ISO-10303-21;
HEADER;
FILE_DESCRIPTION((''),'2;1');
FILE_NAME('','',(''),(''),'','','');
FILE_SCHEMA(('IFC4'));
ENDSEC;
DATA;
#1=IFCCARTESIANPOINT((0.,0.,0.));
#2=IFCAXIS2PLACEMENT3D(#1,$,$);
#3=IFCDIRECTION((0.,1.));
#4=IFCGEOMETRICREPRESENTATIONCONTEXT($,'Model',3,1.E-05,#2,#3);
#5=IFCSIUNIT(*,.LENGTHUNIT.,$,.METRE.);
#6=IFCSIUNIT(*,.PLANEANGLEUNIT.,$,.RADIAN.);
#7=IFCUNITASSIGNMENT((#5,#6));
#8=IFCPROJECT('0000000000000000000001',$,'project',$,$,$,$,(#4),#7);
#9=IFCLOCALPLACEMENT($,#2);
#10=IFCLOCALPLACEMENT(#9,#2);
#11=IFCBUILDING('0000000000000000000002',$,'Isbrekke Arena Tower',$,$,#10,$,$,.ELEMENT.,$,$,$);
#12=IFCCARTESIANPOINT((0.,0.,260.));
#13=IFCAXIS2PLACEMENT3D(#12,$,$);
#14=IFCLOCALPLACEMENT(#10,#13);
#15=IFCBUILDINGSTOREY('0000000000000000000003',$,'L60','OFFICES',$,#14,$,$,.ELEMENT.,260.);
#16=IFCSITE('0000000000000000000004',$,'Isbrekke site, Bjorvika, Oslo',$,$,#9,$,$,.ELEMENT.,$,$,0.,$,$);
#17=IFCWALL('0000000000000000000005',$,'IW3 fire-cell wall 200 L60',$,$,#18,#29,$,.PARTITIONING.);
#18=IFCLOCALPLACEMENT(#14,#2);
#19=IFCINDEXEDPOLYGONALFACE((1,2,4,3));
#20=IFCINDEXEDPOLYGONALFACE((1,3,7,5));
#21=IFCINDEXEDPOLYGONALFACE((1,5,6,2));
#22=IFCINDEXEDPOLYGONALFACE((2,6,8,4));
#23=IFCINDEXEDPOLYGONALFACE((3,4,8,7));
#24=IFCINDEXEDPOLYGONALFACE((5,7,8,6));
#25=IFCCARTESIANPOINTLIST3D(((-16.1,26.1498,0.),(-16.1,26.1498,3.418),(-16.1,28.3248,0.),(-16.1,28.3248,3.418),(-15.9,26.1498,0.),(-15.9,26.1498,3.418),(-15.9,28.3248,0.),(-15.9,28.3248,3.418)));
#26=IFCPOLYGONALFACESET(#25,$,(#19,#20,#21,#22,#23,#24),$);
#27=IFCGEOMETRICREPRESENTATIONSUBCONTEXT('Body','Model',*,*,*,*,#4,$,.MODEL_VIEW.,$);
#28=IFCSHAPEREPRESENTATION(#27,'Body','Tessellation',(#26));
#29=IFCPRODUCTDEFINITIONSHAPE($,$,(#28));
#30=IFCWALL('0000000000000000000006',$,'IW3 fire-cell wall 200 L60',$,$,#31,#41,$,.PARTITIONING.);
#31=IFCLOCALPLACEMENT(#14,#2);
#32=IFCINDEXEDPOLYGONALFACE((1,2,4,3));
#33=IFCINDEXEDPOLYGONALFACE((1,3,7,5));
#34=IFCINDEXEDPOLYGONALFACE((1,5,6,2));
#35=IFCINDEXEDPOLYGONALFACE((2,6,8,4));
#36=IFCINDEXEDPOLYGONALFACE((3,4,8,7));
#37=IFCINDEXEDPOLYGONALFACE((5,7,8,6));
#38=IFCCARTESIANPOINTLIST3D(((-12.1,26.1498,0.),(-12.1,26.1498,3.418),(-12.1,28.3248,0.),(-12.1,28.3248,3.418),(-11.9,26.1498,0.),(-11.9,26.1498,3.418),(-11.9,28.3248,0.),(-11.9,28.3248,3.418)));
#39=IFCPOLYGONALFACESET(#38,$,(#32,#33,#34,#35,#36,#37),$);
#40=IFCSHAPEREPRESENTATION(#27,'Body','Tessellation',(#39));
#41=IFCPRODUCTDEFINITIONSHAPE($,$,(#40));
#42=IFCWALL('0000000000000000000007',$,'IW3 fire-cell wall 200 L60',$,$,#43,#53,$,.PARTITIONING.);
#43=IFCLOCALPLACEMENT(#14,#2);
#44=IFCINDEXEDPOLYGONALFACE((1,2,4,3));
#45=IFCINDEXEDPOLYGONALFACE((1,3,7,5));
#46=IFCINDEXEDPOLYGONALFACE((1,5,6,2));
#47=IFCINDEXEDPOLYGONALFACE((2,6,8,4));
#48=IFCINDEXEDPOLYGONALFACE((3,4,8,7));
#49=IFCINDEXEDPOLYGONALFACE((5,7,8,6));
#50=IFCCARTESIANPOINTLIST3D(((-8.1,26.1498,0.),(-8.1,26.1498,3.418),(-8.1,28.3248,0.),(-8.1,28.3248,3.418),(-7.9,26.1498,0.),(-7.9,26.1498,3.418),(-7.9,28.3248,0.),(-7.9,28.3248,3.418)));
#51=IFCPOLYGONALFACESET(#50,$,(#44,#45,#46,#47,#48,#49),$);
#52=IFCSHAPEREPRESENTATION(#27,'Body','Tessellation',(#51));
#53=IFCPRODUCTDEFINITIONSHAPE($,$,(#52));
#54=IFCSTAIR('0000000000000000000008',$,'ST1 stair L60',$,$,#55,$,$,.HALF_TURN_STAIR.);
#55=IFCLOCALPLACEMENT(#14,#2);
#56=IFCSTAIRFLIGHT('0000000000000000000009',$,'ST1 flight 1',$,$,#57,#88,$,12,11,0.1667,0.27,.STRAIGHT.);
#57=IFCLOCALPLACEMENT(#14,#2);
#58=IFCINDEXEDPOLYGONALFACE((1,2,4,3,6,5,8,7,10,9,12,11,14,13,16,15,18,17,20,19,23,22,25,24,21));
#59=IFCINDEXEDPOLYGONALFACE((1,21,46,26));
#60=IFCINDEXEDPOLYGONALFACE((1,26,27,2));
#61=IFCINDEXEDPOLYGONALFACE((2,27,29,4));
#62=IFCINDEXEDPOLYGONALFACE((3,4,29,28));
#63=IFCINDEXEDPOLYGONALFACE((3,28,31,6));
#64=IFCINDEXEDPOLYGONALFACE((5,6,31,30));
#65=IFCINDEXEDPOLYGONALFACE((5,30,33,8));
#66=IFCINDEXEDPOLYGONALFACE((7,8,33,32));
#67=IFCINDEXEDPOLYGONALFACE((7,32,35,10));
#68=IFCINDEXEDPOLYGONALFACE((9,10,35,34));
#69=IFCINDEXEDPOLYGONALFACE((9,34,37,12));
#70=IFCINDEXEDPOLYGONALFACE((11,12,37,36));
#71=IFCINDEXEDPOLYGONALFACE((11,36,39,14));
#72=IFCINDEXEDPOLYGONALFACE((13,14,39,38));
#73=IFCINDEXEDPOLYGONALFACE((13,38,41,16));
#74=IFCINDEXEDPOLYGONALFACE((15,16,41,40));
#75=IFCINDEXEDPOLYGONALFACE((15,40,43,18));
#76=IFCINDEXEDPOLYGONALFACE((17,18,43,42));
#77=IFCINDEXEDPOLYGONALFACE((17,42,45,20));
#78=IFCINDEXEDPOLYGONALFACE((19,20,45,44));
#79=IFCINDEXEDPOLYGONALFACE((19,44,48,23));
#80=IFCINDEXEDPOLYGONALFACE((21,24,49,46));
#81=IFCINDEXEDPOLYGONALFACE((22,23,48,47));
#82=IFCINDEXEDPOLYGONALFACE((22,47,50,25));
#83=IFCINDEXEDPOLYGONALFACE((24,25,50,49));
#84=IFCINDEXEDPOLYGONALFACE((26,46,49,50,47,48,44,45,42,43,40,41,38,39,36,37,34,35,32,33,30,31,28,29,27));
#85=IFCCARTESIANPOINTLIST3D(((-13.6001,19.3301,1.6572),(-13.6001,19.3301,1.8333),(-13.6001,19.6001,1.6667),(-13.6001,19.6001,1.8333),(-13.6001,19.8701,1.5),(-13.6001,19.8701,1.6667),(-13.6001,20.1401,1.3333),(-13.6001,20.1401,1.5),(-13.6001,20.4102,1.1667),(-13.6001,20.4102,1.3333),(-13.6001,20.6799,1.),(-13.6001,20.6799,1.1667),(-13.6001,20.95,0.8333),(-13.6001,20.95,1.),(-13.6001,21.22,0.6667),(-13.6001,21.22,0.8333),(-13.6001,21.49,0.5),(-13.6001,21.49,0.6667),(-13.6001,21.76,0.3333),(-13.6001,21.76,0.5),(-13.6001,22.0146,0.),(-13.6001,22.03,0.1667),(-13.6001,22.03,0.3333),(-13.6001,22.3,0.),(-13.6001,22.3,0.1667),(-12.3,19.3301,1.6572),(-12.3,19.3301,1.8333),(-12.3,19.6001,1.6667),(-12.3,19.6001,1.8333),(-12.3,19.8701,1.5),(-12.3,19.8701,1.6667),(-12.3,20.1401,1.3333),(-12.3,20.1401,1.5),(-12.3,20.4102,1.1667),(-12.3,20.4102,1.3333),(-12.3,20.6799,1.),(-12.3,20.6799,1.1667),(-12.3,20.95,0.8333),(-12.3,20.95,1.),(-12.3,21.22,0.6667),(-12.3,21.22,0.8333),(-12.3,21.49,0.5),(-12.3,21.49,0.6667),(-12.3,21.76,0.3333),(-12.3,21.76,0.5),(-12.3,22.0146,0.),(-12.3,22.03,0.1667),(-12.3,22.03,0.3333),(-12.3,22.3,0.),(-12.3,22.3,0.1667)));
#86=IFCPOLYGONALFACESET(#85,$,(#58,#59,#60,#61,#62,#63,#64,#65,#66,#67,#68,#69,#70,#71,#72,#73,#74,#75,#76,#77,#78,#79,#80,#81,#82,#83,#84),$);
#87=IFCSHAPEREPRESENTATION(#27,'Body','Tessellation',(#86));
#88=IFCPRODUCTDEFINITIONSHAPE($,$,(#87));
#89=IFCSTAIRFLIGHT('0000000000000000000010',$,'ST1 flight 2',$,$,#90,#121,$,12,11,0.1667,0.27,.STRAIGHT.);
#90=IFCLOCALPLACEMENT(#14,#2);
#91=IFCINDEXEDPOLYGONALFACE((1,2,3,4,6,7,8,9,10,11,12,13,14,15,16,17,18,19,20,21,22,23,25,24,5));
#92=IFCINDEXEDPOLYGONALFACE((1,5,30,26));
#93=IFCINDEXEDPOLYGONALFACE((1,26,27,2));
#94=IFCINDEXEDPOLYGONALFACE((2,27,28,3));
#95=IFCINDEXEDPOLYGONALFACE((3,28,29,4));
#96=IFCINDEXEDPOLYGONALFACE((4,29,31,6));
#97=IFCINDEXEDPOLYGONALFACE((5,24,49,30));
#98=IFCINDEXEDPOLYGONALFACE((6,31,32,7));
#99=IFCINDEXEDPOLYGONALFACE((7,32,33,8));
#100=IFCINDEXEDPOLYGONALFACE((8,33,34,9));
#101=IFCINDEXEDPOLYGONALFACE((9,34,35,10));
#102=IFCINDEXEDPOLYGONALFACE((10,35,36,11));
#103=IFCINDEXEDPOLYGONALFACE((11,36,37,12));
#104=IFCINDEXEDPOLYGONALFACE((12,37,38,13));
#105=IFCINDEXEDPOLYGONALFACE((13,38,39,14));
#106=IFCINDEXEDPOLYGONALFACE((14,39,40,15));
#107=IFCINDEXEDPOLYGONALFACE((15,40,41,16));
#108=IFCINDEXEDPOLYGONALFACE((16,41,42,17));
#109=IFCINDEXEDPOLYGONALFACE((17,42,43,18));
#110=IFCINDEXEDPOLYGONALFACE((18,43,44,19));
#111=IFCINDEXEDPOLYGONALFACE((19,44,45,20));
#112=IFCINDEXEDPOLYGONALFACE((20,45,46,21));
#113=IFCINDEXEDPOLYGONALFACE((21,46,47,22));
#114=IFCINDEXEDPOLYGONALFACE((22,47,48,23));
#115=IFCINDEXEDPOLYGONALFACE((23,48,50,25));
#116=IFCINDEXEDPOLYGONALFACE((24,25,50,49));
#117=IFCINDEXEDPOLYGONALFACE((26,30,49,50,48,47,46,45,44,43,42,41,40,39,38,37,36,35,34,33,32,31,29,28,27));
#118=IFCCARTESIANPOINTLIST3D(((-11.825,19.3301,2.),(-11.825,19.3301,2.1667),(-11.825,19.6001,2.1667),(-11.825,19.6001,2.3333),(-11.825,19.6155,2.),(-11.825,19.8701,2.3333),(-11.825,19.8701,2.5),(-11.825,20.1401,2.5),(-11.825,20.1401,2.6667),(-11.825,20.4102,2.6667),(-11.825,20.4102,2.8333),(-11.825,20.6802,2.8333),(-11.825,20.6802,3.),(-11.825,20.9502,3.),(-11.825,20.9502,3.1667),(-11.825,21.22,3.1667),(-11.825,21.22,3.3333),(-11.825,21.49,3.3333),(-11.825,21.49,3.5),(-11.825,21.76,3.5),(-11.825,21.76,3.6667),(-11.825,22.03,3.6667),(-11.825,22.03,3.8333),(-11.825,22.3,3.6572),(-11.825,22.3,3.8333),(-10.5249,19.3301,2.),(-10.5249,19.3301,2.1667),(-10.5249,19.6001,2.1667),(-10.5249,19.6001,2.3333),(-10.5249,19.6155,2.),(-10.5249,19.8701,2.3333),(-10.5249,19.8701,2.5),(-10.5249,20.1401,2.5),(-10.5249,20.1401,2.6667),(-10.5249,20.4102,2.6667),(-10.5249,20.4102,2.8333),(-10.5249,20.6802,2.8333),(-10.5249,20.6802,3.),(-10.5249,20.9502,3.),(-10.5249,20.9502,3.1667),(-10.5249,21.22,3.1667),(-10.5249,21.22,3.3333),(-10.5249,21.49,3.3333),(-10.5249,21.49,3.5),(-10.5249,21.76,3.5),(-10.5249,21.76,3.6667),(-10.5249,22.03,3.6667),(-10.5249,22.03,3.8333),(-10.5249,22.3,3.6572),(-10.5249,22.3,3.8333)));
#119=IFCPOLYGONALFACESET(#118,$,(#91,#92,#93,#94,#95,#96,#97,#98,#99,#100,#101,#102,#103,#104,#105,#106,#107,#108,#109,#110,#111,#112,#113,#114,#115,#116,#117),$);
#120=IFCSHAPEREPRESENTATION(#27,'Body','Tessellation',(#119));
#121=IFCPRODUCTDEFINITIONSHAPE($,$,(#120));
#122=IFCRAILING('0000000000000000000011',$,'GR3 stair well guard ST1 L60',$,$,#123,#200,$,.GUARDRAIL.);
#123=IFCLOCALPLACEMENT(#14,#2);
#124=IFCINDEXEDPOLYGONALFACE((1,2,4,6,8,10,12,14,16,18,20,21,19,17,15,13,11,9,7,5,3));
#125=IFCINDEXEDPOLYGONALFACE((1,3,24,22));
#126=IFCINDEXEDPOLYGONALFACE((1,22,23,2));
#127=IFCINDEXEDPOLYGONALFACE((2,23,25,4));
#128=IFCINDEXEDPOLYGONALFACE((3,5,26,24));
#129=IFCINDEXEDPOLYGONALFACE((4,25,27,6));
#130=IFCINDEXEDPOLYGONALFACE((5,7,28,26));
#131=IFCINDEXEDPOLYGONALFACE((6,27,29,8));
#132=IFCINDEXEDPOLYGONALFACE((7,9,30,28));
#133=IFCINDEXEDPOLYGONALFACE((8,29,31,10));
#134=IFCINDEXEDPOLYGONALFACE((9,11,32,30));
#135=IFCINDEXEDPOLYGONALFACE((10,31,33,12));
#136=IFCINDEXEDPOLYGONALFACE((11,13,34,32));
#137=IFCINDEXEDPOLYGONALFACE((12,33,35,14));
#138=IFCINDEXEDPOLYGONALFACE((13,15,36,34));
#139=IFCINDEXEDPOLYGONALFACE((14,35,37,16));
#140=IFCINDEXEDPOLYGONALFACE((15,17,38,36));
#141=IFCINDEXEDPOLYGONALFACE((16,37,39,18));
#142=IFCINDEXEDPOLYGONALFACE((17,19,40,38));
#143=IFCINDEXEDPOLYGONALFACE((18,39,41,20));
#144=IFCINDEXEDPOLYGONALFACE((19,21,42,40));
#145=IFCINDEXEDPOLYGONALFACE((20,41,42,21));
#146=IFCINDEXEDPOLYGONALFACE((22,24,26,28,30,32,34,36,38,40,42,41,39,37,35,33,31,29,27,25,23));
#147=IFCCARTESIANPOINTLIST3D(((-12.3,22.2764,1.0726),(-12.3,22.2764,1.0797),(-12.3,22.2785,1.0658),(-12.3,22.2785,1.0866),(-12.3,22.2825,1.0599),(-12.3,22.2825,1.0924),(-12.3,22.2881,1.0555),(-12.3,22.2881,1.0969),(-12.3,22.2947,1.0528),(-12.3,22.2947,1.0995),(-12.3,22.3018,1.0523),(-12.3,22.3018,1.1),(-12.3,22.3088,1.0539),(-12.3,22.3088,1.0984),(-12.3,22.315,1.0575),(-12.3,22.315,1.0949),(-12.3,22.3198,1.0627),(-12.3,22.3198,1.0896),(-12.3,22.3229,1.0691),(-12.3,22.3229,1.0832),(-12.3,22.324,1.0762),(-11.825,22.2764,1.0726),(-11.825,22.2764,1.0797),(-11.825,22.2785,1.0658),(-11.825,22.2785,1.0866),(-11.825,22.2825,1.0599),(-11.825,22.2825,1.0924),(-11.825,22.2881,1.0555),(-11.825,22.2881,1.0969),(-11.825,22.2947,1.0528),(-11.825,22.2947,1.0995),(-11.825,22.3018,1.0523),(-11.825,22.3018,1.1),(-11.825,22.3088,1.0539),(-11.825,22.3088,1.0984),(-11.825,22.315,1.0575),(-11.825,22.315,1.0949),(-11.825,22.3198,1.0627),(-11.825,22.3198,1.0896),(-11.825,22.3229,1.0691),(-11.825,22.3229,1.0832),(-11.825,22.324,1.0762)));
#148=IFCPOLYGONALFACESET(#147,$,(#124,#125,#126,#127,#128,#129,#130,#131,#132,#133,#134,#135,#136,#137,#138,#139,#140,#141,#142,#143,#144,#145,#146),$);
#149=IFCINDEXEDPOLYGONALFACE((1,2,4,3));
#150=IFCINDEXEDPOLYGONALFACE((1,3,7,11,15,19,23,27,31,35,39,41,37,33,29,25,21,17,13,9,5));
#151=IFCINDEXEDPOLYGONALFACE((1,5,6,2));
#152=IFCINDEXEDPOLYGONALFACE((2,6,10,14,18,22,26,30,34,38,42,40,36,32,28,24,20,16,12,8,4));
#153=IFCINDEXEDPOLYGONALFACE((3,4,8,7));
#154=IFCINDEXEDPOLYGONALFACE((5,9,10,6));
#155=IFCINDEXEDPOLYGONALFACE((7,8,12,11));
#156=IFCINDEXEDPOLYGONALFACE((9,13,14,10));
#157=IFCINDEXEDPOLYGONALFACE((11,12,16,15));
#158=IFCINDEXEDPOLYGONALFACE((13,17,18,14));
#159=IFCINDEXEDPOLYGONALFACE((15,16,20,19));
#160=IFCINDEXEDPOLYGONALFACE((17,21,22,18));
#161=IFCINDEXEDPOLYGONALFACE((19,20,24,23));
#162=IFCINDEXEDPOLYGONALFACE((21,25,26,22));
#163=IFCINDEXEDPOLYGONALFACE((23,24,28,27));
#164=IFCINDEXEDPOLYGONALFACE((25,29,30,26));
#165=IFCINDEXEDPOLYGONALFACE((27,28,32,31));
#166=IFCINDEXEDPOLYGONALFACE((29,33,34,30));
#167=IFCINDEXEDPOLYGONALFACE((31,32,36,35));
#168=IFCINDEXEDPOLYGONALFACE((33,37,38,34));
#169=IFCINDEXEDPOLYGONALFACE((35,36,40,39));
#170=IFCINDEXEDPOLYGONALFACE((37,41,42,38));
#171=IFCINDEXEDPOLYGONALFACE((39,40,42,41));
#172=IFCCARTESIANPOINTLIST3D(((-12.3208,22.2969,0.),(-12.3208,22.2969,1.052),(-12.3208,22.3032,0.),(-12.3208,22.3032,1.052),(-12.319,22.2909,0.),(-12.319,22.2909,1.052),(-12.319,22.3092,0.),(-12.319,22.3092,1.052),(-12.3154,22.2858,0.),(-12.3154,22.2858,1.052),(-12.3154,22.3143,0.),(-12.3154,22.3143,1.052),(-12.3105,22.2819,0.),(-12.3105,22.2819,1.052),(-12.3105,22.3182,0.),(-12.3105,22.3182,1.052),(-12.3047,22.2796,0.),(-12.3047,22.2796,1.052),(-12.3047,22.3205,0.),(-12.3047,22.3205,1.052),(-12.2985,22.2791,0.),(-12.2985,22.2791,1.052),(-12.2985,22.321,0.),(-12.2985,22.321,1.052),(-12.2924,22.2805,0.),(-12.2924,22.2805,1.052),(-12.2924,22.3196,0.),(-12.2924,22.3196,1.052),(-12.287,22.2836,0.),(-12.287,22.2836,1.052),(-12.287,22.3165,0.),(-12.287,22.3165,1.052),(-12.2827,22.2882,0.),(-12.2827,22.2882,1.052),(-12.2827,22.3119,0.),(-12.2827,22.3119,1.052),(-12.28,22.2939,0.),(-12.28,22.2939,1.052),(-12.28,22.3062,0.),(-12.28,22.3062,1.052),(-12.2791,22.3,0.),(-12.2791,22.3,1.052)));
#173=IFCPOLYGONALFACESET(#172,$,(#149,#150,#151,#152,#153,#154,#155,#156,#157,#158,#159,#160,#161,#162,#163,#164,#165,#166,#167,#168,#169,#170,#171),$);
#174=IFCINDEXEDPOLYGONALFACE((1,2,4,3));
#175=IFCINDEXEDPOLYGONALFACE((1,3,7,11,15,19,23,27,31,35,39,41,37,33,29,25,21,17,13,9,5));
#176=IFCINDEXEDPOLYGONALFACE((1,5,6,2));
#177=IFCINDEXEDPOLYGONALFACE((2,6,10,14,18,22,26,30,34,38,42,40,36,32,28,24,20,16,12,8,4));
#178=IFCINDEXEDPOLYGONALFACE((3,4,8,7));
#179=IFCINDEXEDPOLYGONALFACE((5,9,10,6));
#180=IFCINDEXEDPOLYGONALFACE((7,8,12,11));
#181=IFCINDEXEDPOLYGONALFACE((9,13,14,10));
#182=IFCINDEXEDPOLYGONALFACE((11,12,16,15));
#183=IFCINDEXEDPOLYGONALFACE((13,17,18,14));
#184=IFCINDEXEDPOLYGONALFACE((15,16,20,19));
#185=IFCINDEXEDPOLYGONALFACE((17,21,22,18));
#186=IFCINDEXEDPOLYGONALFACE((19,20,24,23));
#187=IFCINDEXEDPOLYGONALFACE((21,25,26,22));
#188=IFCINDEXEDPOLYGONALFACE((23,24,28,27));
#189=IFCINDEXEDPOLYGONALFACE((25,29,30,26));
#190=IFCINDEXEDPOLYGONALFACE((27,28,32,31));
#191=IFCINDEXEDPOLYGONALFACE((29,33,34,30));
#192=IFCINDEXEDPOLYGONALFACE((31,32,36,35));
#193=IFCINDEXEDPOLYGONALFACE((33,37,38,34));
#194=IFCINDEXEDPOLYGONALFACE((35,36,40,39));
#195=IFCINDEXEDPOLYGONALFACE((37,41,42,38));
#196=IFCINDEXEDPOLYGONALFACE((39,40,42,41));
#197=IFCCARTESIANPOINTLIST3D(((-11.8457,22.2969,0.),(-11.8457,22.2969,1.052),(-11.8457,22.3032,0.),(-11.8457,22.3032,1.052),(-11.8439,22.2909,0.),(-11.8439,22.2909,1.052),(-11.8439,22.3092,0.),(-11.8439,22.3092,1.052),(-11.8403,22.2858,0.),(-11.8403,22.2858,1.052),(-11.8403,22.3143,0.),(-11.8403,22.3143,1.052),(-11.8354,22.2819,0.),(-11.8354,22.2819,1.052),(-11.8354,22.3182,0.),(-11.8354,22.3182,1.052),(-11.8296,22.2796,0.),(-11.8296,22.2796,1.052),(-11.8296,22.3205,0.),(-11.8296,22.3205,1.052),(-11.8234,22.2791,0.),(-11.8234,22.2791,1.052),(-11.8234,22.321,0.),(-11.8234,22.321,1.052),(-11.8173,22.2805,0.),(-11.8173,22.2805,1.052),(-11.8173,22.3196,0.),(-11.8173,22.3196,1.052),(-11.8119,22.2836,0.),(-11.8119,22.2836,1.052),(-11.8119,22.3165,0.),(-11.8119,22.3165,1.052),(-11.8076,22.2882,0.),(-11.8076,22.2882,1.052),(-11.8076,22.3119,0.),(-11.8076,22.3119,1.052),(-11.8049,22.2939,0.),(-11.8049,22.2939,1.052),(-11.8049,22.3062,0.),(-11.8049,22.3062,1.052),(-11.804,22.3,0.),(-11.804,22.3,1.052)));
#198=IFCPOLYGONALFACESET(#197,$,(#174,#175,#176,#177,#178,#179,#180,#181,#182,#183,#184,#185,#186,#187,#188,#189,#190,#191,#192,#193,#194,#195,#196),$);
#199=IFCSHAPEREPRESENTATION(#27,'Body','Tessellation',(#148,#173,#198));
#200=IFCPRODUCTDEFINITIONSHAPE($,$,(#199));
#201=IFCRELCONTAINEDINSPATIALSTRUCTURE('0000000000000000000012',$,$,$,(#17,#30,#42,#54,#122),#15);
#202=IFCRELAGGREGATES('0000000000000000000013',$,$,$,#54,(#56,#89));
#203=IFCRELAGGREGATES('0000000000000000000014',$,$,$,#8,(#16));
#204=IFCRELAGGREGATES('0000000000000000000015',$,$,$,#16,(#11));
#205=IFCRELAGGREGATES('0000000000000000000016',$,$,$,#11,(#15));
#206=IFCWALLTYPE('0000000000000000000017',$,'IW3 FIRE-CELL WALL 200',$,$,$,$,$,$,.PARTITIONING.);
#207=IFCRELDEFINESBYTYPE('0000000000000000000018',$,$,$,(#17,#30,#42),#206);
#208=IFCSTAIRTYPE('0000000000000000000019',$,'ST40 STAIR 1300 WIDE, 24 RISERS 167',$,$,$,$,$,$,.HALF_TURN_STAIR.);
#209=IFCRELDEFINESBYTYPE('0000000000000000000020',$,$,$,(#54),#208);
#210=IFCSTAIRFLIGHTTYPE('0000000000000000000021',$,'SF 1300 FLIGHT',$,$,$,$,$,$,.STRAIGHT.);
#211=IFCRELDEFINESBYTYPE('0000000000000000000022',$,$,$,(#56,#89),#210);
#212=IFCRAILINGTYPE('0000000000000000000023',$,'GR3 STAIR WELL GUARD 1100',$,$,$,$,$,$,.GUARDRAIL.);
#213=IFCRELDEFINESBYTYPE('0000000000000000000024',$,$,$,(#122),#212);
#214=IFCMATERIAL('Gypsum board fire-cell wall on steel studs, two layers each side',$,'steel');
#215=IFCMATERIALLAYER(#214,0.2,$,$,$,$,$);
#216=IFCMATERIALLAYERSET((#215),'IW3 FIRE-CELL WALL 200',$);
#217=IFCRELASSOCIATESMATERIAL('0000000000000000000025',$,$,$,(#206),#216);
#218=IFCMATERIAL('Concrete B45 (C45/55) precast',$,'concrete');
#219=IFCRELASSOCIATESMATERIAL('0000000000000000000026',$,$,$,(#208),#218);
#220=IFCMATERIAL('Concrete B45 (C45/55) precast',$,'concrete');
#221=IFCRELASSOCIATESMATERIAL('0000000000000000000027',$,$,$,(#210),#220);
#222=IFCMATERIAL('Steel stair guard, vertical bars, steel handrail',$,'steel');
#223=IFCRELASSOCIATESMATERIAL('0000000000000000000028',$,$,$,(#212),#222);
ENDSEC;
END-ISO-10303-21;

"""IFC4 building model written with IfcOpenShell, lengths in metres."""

from ifc_helpers import new_model, si_unit, direction, frame, frame_2d, origin, origin_2d, place, context, subcontext, project, spatial, polyline, rectangle, circle, outline, extrude, material, layer, layer_set, type_object, element, aggregate, save


model = new_model("IFC4")

# Units and contexts
model_context = context("Model", 3, precision=1e-05, world=origin(), true_north=direction((0.0, 1.0)))
body_context = subcontext(model_context, "Body", "Model", "MODEL_VIEW")
ifc_project = project(units=[si_unit("LENGTHUNIT", "METRE"), si_unit("PLANEANGLEUNIT", "RADIAN")], contexts=[model_context])

# Site, building, storey
site_placement = place(None, origin())
site = spatial("IfcSite", under=ifc_project, at=site_placement, Name="Isbrekke site, Bjorvika, Oslo", CompositionType="ELEMENT", RefElevation=0.0)
building_placement = place(site_placement, origin())
building = spatial("IfcBuilding", under=site, at=building_placement, Name="Isbrekke Arena Tower", CompositionType="ELEMENT")
storey_placement = place(building_placement, frame((0.0, 0.0, 260.0)))
storey = spatial("IfcBuildingStorey", under=building, at=storey_placement, Name="L60", Description="OFFICES", CompositionType="ELEMENT", Elevation=260.0)

# Walls
ifc_material_1 = material(Name="Gypsum board fire-cell wall on steel studs, two layers each side", Category="steel")
ifc_layer_1 = layer(ifc_material_1, 0.2)
ifc_layer_set_1 = layer_set([ifc_layer_1], Name="IW3 FIRE-CELL WALL 200")
wall_type_1 = type_object("IfcWallType", Name="IW3 FIRE-CELL WALL 200", PredefinedType="PARTITIONING", material=ifc_layer_set_1)
for number, where, z_axis, x_axis, name in (
    (1, (-16.0, 26.1499, 0.0), (0.0, 0.0, 1.0), (0.0, 1.0, 0.0), "IW3 fire-cell wall 200 L60"),
    (2, (-12.0, 26.1499, 0.0), (0.0, 0.0, 1.0), (0.0, 1.0, 0.0), "IW3 fire-cell wall 200 L60"),
    (3, (-8.0, 26.1499, 0.0), (0.0, 0.0, 1.0), (0.0, 1.0, 0.0), "IW3 fire-cell wall 200 L60"),
):
    element("IfcWall", number, at=place(storey_placement, frame(where, z_axis=z_axis, x_axis=x_axis)), inside=storey, type_object=wall_type_1, Name=name, PredefinedType="PARTITIONING", context=body_context, shape_type="SweptSolid", body=[
        extrude(rectangle(XDim=2.175, YDim=0.2, at=frame_2d((1.0874, 0.0))), origin(), (0.0, 0.0, 1.0), 3.418),
    ])

# Stair, stair flights
ifc_material_2 = material(Name="Concrete B45 (C45/55) precast", Category="concrete")
stair_type = type_object("IfcStairType", Name="ST40 STAIR 1300 WIDE, 24 RISERS 167", PredefinedType="HALF_TURN_STAIR", material=ifc_material_2)
stair_placement = place(storey_placement, origin())
stair = element("IfcStair", 4, at=stair_placement, inside=storey, type_object=stair_type, Name="ST1 stair L60", PredefinedType="HALF_TURN_STAIR")
ifc_material_3 = material(Name="Concrete B45 (C45/55) precast", Category="concrete")
stair_flight_type = type_object("IfcStairFlightType", Name="SF 1300 FLIGHT", PredefinedType="STRAIGHT", material=ifc_material_3)
stair_flight_1_placement = place(storey_placement, frame((-12.95, 22.3, 0.0), z_axis=(0.0, 0.0, 1.0), x_axis=(0.0, -1.0, 0.0)))
stair_flight_1 = element("IfcStairFlight", 5, at=stair_flight_1_placement, type_object=stair_flight_type, Name="ST1 flight 1", NumberOfRisers=12, NumberOfTreads=11, PredefinedType="STRAIGHT", RiserHeight=0.1667, TreadLength=0.27, context=body_context, shape_type="SweptSolid", body=[
    extrude(outline(polyline([(0.0, 0.0), (0.0, 0.1667), (0.27, 0.1667), (0.27, 0.3333), (0.54, 0.3333), (0.54, 0.5), (0.8101, 0.5), (0.8101, 0.6667), (1.0801, 0.6667), (1.0801, 0.8333), (1.3501, 0.8333), (1.3501, 1.0), (1.6201, 1.0), (1.6201, 1.1667), (1.8899, 1.1667), (1.8899, 1.3333), (2.1599, 1.3333), (2.1599, 1.5), (2.4299, 1.5), (2.4299, 1.6667), (2.7, 1.6667), (2.7, 1.8333), (2.97, 1.8333), (2.97, 2.0), (2.97, 1.6572), (0.2854, 0.0), (0.0, 0.0)])), frame((0.0, 0.6499, 0.0), z_axis=(0.0, -1.0, 0.0), x_axis=(1.0, 0.0, 0.0)), (0.0, 0.0, 1.0), 1.3),
])
stair_flight_2_placement = place(storey_placement, frame((-11.175, 19.3301, 2.0), z_axis=(0.0, 0.0, 1.0), x_axis=(0.0, 1.0, 0.0)))
stair_flight_2 = element("IfcStairFlight", 6, at=stair_flight_2_placement, type_object=stair_flight_type, Name="ST1 flight 2", NumberOfRisers=12, NumberOfTreads=11, PredefinedType="STRAIGHT", RiserHeight=0.1667, TreadLength=0.27, context=body_context, shape_type="SweptSolid", body=[
    extrude(outline(polyline([(0.0, 0.0), (0.0, 0.1667), (0.27, 0.1667), (0.27, 0.3333), (0.54, 0.3333), (0.54, 0.5), (0.8101, 0.5), (0.8101, 0.6667), (1.0801, 0.6667), (1.0801, 0.8333), (1.3501, 0.8333), (1.3501, 1.0), (1.6201, 1.0), (1.6201, 1.1667), (1.8899, 1.1667), (1.8899, 1.3333), (2.1599, 1.3333), (2.1599, 1.5), (2.4299, 1.5), (2.4299, 1.6667), (2.7, 1.6667), (2.7, 1.8333), (2.97, 1.8333), (2.97, 2.0), (2.97, 1.6572), (0.2854, 0.0), (0.0, 0.0)])), frame((0.0, 0.6499, 0.0), z_axis=(0.0, -1.0, 0.0), x_axis=(1.0, 0.0, 0.0)), (0.0, 0.0, 1.0), 1.3),
])
aggregate(stair, [stair_flight_1, stair_flight_2])

# Railing
ifc_material_4 = material(Name="Steel stair guard, vertical bars, steel handrail", Category="steel")
railing_type = type_object("IfcRailingType", Name="GR3 STAIR WELL GUARD 1100", PredefinedType="GUARDRAIL", material=ifc_material_4)
for number, where, name in (
    (7, (-12.3, 22.3, 0.0), "GR3 stair well guard ST1 L60"),
):
    element("IfcRailing", number, at=place(storey_placement, frame(where)), inside=storey, type_object=railing_type, Name=name, PredefinedType="GUARDRAIL", context=body_context, shape_type="SweptSolid", body=[
        extrude(circle(Radius=0.0239, at=origin_2d()), frame((0.0, 0.0, 1.0762), z_axis=(1.0, 0.0, 0.0), x_axis=(0.0, 1.0, 0.0)), (0.0, 0.0, 1.0), 0.4751),
        extrude(circle(Radius=0.021, at=origin_2d()), origin(), (0.0, 0.0, 1.0), 1.052),
        extrude(circle(Radius=0.021, at=origin_2d()), frame((0.4751, 0.0, 0.0)), (0.0, 0.0, 1.0), 1.052),
    ])

save(model, "model.ifc")
